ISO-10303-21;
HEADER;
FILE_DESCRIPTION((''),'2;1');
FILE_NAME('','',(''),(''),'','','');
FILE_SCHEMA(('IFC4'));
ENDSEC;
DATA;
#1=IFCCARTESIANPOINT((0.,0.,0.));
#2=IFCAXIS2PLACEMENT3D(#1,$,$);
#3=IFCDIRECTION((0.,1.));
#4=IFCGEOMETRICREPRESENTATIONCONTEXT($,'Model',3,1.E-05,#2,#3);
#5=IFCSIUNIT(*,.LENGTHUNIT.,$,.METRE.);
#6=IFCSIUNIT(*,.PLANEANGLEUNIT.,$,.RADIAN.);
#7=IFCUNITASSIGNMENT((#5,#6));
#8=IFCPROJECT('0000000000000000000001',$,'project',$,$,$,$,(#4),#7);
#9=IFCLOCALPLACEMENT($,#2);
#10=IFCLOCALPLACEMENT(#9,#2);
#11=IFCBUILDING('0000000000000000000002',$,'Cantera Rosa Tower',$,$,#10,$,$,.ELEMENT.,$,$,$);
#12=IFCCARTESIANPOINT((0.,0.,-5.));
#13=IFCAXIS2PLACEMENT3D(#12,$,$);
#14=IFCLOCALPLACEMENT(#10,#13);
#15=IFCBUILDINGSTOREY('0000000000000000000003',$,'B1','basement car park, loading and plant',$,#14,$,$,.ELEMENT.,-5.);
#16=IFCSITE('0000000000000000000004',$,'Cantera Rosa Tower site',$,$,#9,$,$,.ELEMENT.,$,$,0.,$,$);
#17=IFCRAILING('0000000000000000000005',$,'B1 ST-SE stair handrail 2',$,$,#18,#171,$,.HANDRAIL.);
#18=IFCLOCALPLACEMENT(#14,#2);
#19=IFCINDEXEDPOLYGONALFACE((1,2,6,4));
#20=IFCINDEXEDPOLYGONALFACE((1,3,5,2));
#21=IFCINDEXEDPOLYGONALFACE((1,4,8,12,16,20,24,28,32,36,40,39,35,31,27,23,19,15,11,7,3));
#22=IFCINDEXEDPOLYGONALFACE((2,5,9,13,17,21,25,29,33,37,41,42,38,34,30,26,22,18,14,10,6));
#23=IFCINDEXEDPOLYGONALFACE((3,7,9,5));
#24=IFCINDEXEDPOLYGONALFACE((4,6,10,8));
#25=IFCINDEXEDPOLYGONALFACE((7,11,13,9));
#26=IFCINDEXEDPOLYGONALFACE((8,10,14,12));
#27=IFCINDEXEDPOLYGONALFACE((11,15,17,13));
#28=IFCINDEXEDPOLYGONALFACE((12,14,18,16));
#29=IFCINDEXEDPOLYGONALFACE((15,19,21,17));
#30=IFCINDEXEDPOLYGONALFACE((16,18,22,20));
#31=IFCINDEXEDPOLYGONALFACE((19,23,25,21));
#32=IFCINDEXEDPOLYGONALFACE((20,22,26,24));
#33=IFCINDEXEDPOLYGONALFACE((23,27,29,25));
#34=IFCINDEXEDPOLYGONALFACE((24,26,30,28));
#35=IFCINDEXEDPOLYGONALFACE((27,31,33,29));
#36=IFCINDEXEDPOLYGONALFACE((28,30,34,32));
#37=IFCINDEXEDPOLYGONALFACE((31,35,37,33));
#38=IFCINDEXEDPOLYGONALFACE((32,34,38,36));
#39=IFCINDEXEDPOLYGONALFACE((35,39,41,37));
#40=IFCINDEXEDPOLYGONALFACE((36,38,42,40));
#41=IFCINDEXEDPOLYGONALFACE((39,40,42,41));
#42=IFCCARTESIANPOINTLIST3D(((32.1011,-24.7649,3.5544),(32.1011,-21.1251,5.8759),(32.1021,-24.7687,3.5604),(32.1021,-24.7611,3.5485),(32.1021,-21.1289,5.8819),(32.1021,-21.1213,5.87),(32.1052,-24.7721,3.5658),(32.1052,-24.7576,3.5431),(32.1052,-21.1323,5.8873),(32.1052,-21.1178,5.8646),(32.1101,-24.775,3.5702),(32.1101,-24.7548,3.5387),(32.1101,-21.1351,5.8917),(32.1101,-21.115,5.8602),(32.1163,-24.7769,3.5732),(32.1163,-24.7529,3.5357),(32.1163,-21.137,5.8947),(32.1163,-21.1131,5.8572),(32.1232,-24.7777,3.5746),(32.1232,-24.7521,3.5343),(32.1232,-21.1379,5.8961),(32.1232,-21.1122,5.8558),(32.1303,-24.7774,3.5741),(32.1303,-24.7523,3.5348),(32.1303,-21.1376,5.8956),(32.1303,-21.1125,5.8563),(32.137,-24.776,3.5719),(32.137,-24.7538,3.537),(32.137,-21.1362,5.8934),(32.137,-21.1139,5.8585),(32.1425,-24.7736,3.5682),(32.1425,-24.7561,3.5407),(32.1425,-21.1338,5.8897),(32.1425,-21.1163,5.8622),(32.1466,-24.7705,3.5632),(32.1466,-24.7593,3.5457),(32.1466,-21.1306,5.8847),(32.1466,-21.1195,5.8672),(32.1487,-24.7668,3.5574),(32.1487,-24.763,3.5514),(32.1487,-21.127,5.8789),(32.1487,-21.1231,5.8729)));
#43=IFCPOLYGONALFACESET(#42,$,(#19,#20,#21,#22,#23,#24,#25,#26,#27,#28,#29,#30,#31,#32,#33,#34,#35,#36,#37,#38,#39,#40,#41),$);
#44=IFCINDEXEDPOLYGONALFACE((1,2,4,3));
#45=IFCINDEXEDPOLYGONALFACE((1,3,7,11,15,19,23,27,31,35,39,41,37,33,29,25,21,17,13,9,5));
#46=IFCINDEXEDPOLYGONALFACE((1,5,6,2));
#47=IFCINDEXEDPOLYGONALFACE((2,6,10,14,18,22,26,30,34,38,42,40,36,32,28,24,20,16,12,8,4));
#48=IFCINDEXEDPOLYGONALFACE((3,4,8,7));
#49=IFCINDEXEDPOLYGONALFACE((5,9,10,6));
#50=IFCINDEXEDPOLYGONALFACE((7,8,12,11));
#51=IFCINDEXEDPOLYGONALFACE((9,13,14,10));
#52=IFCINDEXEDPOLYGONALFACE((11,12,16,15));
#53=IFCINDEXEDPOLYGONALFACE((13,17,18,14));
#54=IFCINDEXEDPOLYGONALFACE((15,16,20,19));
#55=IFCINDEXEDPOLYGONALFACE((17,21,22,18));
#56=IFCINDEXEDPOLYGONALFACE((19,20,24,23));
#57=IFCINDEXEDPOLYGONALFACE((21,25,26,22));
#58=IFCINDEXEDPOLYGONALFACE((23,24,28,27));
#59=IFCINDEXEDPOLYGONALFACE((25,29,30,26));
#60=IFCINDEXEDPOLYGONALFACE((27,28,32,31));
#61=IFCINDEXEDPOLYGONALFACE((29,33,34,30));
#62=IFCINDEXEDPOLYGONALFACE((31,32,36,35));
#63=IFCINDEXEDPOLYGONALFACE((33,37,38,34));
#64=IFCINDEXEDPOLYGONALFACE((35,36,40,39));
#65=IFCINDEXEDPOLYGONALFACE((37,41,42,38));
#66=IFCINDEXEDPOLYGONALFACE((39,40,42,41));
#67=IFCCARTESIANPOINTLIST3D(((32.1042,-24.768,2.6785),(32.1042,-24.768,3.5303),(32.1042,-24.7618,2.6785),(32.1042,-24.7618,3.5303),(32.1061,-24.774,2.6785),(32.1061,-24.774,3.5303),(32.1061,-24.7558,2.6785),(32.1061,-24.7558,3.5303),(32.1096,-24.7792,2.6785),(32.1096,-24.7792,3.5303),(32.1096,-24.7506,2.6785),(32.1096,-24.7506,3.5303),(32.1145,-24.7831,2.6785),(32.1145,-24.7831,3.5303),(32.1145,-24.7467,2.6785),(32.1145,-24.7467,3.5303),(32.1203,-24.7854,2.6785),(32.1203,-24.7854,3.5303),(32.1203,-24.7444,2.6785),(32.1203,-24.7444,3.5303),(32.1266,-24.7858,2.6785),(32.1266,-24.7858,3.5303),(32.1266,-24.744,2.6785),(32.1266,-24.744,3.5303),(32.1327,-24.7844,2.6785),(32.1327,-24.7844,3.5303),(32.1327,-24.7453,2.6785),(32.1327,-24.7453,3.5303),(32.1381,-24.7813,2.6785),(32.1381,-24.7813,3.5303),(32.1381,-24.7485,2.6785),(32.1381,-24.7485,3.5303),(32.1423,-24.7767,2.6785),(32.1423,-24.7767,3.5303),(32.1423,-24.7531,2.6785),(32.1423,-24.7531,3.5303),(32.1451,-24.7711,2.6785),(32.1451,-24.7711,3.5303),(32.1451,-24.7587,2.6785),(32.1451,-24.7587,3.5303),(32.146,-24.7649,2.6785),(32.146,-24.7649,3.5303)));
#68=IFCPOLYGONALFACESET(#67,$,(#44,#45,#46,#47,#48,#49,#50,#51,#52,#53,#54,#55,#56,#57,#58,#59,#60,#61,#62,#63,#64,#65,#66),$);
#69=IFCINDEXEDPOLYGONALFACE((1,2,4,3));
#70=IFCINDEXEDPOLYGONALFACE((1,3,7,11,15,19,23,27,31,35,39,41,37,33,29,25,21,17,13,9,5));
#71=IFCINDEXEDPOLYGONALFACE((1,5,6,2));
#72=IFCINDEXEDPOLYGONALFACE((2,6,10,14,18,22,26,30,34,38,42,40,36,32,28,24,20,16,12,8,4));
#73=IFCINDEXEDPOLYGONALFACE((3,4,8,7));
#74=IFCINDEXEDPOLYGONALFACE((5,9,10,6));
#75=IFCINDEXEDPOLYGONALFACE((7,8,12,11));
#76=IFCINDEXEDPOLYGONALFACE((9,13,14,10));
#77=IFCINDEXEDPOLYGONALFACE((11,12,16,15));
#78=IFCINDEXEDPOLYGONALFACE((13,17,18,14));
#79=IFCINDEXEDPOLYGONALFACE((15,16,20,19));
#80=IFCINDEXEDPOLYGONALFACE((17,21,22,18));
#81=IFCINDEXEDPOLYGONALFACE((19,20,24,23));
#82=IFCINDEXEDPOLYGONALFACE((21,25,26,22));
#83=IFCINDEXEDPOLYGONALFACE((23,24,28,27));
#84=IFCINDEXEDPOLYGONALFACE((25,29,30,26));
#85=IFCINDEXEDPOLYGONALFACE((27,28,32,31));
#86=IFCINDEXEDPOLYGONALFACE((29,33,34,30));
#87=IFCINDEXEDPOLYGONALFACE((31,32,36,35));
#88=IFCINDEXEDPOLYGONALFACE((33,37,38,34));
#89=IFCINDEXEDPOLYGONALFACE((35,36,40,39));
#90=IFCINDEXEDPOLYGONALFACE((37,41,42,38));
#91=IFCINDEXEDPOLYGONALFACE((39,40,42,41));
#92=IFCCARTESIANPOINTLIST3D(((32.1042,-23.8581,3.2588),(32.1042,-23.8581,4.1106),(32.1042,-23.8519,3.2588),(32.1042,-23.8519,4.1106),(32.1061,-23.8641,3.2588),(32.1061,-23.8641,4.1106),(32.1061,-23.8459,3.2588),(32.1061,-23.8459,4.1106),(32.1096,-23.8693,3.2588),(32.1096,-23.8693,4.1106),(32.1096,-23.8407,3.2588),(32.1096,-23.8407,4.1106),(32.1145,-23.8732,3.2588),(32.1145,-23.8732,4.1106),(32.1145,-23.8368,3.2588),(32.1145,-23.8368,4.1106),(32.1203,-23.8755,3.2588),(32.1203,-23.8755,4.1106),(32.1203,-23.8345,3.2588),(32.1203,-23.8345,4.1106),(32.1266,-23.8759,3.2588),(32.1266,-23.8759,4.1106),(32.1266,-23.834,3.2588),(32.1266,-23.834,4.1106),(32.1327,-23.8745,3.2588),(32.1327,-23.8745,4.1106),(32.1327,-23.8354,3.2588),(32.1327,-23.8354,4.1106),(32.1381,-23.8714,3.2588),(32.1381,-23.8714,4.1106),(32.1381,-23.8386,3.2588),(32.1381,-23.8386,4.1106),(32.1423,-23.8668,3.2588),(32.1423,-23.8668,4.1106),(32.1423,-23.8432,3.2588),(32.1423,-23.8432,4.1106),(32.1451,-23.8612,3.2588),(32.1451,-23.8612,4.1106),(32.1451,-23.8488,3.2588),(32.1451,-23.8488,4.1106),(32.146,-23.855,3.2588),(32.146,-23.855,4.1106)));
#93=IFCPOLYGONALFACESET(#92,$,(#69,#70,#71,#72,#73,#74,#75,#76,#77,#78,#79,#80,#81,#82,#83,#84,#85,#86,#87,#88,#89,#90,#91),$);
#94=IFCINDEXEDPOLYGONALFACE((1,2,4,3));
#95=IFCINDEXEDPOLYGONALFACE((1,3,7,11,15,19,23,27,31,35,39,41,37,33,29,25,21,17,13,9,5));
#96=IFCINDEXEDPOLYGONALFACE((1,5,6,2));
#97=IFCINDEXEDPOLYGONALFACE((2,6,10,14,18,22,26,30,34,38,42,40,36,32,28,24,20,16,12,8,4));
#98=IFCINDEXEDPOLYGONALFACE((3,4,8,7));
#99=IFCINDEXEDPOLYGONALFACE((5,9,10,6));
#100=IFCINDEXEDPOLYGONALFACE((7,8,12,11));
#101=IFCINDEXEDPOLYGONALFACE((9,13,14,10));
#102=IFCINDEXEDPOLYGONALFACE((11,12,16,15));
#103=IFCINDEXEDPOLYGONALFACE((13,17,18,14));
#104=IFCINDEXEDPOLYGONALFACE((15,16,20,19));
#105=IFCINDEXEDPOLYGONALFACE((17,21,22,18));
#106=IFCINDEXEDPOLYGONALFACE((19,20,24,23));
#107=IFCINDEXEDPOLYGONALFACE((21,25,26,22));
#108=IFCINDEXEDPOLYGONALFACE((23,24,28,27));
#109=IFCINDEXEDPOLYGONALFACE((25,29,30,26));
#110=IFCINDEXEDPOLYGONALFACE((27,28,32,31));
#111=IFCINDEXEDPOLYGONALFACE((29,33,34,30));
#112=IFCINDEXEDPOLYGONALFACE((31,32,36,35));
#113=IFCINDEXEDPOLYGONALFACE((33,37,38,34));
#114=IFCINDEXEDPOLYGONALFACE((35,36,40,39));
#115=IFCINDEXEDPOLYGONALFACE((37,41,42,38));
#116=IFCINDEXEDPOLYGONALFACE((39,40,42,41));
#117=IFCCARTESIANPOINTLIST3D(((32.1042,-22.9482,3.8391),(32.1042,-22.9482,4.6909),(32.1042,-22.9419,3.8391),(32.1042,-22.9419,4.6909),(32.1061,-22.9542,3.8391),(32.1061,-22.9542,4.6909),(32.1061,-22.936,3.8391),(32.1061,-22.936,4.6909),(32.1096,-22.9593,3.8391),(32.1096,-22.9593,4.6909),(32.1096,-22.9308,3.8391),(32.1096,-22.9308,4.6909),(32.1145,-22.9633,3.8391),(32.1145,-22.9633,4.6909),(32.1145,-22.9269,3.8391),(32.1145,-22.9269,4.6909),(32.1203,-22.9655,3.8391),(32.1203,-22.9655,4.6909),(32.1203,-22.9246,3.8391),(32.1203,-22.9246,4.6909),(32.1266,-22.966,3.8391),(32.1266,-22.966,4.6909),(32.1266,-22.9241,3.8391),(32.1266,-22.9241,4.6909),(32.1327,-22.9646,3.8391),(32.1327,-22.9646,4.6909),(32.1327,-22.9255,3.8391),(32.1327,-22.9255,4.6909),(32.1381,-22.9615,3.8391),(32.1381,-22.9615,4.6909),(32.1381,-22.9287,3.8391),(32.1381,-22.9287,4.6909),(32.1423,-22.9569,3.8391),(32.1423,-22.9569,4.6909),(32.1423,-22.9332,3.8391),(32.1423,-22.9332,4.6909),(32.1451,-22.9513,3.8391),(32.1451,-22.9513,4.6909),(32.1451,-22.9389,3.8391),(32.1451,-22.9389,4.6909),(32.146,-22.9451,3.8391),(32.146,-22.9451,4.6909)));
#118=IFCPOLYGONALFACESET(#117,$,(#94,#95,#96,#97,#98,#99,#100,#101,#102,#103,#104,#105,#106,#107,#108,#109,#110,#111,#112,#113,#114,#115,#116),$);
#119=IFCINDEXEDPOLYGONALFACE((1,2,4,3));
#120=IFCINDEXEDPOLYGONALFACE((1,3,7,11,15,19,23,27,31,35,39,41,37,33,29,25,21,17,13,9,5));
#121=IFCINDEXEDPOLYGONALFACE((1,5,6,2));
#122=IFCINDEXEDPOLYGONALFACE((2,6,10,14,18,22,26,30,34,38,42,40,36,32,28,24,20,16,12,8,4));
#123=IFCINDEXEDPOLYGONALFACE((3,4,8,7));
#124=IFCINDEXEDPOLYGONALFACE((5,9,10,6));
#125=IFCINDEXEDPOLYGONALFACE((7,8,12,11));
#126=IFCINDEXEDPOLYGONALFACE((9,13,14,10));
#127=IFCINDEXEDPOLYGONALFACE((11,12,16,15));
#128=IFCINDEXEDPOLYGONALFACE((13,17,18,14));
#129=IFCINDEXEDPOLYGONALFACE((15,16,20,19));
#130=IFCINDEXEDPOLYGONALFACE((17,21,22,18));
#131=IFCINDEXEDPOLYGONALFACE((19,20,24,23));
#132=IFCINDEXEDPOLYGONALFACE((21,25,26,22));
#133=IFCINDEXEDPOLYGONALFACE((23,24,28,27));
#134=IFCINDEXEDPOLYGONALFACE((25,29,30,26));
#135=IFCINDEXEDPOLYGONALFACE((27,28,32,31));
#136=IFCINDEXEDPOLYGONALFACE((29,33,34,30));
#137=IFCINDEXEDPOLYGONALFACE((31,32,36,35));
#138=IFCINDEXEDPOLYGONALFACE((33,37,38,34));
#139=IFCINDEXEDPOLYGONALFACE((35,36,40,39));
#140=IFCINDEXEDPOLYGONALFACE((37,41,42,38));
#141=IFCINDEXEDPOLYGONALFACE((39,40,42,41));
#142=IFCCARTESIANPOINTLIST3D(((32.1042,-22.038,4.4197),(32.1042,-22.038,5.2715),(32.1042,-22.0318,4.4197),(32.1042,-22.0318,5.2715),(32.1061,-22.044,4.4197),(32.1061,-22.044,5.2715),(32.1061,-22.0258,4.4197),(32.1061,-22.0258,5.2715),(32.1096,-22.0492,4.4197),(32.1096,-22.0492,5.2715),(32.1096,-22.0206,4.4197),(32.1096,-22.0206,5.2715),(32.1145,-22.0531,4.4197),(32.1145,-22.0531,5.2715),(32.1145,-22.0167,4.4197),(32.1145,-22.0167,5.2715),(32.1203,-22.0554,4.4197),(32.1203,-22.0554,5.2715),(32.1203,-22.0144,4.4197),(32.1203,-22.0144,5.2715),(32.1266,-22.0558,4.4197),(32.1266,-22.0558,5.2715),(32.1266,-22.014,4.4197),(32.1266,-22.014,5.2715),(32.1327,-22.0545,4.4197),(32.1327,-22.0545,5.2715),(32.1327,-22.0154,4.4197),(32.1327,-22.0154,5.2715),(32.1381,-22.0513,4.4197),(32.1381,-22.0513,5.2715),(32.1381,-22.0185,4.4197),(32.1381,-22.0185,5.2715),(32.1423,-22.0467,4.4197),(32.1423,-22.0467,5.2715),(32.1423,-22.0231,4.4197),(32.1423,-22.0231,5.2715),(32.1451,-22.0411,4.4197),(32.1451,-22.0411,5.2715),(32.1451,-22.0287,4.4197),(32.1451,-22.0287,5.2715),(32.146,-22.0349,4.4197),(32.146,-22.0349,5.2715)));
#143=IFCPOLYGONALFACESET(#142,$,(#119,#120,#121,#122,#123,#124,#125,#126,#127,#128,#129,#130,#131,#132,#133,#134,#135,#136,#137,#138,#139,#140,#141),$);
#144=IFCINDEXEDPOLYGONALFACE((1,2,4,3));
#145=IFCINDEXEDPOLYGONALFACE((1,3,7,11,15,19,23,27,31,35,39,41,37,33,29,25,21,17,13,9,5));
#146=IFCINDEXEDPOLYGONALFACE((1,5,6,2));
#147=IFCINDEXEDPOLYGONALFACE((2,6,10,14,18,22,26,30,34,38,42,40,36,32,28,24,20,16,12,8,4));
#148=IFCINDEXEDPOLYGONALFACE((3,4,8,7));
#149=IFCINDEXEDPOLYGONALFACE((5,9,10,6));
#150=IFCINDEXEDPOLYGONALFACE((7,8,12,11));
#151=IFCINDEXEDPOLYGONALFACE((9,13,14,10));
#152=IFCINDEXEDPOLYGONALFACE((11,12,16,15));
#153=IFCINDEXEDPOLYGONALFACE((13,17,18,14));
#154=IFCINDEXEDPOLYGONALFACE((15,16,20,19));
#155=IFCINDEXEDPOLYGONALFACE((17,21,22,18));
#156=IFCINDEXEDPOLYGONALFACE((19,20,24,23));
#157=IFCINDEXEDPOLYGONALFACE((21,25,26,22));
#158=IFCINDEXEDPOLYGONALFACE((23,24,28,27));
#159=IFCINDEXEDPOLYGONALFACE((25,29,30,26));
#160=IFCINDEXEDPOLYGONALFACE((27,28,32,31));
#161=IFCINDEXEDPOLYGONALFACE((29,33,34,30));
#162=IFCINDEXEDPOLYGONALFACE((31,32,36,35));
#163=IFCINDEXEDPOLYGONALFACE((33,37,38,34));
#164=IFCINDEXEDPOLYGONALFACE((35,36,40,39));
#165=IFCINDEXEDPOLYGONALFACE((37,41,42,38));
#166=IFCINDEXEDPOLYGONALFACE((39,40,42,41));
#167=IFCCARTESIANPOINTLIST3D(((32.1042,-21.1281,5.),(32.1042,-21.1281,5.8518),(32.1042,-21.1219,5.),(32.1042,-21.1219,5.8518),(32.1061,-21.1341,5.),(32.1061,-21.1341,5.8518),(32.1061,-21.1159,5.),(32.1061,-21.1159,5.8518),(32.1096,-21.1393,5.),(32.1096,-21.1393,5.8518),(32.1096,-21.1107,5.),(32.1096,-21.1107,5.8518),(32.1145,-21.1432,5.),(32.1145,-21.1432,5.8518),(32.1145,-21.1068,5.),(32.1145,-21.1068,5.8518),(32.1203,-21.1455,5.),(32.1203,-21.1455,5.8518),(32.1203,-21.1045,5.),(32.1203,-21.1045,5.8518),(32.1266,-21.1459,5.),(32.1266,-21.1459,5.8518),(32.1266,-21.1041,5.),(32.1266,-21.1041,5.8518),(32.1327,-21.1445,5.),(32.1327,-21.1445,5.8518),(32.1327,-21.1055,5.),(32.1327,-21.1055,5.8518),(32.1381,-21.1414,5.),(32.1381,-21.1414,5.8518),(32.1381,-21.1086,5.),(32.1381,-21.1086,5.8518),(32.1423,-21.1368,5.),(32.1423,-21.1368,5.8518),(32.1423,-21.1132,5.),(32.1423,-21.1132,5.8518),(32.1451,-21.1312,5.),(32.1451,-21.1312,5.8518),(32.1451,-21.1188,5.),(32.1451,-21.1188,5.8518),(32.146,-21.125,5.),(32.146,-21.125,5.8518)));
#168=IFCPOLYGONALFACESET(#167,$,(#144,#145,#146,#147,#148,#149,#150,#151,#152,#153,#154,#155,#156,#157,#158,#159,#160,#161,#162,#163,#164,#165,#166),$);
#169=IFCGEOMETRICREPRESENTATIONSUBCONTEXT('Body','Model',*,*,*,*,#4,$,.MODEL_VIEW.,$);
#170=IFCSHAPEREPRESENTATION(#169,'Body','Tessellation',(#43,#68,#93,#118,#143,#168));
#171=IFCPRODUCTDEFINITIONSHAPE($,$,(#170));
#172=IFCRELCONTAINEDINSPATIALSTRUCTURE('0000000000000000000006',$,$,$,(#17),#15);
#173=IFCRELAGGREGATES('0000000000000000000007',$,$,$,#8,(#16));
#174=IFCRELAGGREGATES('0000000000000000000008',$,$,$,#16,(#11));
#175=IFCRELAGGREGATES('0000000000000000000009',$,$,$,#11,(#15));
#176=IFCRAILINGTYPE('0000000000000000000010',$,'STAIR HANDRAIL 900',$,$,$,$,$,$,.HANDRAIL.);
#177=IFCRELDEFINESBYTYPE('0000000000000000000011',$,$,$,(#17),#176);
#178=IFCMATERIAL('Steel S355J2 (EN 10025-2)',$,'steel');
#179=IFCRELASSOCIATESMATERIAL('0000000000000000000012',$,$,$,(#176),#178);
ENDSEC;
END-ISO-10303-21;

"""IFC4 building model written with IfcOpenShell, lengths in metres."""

from ifc_helpers import new_model, si_unit, direction, frame, origin, origin_2d, place, context, subcontext, project, spatial, circle, extrude, material, type_object, element, save


model = new_model("IFC4")

# Units and contexts
model_context = context("Model", 3, precision=1e-05, world=origin(), true_north=direction((0.0, 1.0)))
body_context = subcontext(model_context, "Body", "Model", "MODEL_VIEW")
ifc_project = project(units=[si_unit("LENGTHUNIT", "METRE"), si_unit("PLANEANGLEUNIT", "RADIAN")], contexts=[model_context])

# Site, building, storey
site_placement = place(None, origin())
site = spatial("IfcSite", under=ifc_project, at=site_placement, Name="Cantera Rosa Tower site", CompositionType="ELEMENT", RefElevation=0.0)
building_placement = place(site_placement, origin())
building = spatial("IfcBuilding", under=site, at=building_placement, Name="Cantera Rosa Tower", CompositionType="ELEMENT")
storey_placement = place(building_placement, frame((0.0, 0.0, -5.0)))
storey = spatial("IfcBuildingStorey", under=building, at=storey_placement, Name="B1", Description="basement car park, loading and plant", CompositionType="ELEMENT", Elevation=-5.0)

# Railing
ifc_material_1 = material(Name="Steel S355J2 (EN 10025-2)", Category="steel")
railing_type_1 = type_object("IfcRailingType", Name="STAIR HANDRAIL 900", PredefinedType="HANDRAIL", material=ifc_material_1)
railing_1_placement = place(storey_placement, frame((32.125, -24.7649, 2.6785)))
element("IfcRailing", 1, at=railing_1_placement, inside=storey, type_object=railing_type_1, Name="B1 ST-SE stair handrail 2", PredefinedType="HANDRAIL", context=body_context, shape_type="SweptSolid", body=[
    extrude(circle(Radius=0.0239, at=origin_2d()), frame((0.0, 0.0, 0.876), z_axis=(0.0, 0.843112, 0.537739), x_axis=(-1.0, 0.0, 0.0)), (0.0, 0.0, 1.0), 4.3171),
    extrude(circle(Radius=0.021, at=origin_2d()), origin(), (0.0, 0.0, 1.0), 0.8518),
    extrude(circle(Radius=0.021, at=origin_2d()), frame((0.0, 0.9099, 0.5803)), (0.0, 0.0, 1.0), 0.8518),
    extrude(circle(Radius=0.021, at=origin_2d()), frame((0.0, 1.8198, 1.1606)), (0.0, 0.0, 1.0), 0.8518),
    extrude(circle(Radius=0.021, at=origin_2d()), frame((0.0, 2.73, 1.7412)), (0.0, 0.0, 1.0), 0.8518),
    extrude(circle(Radius=0.021, at=origin_2d()), frame((0.0, 3.6399, 2.3215)), (0.0, 0.0, 1.0), 0.8518),
])

save(model, "model.ifc")
